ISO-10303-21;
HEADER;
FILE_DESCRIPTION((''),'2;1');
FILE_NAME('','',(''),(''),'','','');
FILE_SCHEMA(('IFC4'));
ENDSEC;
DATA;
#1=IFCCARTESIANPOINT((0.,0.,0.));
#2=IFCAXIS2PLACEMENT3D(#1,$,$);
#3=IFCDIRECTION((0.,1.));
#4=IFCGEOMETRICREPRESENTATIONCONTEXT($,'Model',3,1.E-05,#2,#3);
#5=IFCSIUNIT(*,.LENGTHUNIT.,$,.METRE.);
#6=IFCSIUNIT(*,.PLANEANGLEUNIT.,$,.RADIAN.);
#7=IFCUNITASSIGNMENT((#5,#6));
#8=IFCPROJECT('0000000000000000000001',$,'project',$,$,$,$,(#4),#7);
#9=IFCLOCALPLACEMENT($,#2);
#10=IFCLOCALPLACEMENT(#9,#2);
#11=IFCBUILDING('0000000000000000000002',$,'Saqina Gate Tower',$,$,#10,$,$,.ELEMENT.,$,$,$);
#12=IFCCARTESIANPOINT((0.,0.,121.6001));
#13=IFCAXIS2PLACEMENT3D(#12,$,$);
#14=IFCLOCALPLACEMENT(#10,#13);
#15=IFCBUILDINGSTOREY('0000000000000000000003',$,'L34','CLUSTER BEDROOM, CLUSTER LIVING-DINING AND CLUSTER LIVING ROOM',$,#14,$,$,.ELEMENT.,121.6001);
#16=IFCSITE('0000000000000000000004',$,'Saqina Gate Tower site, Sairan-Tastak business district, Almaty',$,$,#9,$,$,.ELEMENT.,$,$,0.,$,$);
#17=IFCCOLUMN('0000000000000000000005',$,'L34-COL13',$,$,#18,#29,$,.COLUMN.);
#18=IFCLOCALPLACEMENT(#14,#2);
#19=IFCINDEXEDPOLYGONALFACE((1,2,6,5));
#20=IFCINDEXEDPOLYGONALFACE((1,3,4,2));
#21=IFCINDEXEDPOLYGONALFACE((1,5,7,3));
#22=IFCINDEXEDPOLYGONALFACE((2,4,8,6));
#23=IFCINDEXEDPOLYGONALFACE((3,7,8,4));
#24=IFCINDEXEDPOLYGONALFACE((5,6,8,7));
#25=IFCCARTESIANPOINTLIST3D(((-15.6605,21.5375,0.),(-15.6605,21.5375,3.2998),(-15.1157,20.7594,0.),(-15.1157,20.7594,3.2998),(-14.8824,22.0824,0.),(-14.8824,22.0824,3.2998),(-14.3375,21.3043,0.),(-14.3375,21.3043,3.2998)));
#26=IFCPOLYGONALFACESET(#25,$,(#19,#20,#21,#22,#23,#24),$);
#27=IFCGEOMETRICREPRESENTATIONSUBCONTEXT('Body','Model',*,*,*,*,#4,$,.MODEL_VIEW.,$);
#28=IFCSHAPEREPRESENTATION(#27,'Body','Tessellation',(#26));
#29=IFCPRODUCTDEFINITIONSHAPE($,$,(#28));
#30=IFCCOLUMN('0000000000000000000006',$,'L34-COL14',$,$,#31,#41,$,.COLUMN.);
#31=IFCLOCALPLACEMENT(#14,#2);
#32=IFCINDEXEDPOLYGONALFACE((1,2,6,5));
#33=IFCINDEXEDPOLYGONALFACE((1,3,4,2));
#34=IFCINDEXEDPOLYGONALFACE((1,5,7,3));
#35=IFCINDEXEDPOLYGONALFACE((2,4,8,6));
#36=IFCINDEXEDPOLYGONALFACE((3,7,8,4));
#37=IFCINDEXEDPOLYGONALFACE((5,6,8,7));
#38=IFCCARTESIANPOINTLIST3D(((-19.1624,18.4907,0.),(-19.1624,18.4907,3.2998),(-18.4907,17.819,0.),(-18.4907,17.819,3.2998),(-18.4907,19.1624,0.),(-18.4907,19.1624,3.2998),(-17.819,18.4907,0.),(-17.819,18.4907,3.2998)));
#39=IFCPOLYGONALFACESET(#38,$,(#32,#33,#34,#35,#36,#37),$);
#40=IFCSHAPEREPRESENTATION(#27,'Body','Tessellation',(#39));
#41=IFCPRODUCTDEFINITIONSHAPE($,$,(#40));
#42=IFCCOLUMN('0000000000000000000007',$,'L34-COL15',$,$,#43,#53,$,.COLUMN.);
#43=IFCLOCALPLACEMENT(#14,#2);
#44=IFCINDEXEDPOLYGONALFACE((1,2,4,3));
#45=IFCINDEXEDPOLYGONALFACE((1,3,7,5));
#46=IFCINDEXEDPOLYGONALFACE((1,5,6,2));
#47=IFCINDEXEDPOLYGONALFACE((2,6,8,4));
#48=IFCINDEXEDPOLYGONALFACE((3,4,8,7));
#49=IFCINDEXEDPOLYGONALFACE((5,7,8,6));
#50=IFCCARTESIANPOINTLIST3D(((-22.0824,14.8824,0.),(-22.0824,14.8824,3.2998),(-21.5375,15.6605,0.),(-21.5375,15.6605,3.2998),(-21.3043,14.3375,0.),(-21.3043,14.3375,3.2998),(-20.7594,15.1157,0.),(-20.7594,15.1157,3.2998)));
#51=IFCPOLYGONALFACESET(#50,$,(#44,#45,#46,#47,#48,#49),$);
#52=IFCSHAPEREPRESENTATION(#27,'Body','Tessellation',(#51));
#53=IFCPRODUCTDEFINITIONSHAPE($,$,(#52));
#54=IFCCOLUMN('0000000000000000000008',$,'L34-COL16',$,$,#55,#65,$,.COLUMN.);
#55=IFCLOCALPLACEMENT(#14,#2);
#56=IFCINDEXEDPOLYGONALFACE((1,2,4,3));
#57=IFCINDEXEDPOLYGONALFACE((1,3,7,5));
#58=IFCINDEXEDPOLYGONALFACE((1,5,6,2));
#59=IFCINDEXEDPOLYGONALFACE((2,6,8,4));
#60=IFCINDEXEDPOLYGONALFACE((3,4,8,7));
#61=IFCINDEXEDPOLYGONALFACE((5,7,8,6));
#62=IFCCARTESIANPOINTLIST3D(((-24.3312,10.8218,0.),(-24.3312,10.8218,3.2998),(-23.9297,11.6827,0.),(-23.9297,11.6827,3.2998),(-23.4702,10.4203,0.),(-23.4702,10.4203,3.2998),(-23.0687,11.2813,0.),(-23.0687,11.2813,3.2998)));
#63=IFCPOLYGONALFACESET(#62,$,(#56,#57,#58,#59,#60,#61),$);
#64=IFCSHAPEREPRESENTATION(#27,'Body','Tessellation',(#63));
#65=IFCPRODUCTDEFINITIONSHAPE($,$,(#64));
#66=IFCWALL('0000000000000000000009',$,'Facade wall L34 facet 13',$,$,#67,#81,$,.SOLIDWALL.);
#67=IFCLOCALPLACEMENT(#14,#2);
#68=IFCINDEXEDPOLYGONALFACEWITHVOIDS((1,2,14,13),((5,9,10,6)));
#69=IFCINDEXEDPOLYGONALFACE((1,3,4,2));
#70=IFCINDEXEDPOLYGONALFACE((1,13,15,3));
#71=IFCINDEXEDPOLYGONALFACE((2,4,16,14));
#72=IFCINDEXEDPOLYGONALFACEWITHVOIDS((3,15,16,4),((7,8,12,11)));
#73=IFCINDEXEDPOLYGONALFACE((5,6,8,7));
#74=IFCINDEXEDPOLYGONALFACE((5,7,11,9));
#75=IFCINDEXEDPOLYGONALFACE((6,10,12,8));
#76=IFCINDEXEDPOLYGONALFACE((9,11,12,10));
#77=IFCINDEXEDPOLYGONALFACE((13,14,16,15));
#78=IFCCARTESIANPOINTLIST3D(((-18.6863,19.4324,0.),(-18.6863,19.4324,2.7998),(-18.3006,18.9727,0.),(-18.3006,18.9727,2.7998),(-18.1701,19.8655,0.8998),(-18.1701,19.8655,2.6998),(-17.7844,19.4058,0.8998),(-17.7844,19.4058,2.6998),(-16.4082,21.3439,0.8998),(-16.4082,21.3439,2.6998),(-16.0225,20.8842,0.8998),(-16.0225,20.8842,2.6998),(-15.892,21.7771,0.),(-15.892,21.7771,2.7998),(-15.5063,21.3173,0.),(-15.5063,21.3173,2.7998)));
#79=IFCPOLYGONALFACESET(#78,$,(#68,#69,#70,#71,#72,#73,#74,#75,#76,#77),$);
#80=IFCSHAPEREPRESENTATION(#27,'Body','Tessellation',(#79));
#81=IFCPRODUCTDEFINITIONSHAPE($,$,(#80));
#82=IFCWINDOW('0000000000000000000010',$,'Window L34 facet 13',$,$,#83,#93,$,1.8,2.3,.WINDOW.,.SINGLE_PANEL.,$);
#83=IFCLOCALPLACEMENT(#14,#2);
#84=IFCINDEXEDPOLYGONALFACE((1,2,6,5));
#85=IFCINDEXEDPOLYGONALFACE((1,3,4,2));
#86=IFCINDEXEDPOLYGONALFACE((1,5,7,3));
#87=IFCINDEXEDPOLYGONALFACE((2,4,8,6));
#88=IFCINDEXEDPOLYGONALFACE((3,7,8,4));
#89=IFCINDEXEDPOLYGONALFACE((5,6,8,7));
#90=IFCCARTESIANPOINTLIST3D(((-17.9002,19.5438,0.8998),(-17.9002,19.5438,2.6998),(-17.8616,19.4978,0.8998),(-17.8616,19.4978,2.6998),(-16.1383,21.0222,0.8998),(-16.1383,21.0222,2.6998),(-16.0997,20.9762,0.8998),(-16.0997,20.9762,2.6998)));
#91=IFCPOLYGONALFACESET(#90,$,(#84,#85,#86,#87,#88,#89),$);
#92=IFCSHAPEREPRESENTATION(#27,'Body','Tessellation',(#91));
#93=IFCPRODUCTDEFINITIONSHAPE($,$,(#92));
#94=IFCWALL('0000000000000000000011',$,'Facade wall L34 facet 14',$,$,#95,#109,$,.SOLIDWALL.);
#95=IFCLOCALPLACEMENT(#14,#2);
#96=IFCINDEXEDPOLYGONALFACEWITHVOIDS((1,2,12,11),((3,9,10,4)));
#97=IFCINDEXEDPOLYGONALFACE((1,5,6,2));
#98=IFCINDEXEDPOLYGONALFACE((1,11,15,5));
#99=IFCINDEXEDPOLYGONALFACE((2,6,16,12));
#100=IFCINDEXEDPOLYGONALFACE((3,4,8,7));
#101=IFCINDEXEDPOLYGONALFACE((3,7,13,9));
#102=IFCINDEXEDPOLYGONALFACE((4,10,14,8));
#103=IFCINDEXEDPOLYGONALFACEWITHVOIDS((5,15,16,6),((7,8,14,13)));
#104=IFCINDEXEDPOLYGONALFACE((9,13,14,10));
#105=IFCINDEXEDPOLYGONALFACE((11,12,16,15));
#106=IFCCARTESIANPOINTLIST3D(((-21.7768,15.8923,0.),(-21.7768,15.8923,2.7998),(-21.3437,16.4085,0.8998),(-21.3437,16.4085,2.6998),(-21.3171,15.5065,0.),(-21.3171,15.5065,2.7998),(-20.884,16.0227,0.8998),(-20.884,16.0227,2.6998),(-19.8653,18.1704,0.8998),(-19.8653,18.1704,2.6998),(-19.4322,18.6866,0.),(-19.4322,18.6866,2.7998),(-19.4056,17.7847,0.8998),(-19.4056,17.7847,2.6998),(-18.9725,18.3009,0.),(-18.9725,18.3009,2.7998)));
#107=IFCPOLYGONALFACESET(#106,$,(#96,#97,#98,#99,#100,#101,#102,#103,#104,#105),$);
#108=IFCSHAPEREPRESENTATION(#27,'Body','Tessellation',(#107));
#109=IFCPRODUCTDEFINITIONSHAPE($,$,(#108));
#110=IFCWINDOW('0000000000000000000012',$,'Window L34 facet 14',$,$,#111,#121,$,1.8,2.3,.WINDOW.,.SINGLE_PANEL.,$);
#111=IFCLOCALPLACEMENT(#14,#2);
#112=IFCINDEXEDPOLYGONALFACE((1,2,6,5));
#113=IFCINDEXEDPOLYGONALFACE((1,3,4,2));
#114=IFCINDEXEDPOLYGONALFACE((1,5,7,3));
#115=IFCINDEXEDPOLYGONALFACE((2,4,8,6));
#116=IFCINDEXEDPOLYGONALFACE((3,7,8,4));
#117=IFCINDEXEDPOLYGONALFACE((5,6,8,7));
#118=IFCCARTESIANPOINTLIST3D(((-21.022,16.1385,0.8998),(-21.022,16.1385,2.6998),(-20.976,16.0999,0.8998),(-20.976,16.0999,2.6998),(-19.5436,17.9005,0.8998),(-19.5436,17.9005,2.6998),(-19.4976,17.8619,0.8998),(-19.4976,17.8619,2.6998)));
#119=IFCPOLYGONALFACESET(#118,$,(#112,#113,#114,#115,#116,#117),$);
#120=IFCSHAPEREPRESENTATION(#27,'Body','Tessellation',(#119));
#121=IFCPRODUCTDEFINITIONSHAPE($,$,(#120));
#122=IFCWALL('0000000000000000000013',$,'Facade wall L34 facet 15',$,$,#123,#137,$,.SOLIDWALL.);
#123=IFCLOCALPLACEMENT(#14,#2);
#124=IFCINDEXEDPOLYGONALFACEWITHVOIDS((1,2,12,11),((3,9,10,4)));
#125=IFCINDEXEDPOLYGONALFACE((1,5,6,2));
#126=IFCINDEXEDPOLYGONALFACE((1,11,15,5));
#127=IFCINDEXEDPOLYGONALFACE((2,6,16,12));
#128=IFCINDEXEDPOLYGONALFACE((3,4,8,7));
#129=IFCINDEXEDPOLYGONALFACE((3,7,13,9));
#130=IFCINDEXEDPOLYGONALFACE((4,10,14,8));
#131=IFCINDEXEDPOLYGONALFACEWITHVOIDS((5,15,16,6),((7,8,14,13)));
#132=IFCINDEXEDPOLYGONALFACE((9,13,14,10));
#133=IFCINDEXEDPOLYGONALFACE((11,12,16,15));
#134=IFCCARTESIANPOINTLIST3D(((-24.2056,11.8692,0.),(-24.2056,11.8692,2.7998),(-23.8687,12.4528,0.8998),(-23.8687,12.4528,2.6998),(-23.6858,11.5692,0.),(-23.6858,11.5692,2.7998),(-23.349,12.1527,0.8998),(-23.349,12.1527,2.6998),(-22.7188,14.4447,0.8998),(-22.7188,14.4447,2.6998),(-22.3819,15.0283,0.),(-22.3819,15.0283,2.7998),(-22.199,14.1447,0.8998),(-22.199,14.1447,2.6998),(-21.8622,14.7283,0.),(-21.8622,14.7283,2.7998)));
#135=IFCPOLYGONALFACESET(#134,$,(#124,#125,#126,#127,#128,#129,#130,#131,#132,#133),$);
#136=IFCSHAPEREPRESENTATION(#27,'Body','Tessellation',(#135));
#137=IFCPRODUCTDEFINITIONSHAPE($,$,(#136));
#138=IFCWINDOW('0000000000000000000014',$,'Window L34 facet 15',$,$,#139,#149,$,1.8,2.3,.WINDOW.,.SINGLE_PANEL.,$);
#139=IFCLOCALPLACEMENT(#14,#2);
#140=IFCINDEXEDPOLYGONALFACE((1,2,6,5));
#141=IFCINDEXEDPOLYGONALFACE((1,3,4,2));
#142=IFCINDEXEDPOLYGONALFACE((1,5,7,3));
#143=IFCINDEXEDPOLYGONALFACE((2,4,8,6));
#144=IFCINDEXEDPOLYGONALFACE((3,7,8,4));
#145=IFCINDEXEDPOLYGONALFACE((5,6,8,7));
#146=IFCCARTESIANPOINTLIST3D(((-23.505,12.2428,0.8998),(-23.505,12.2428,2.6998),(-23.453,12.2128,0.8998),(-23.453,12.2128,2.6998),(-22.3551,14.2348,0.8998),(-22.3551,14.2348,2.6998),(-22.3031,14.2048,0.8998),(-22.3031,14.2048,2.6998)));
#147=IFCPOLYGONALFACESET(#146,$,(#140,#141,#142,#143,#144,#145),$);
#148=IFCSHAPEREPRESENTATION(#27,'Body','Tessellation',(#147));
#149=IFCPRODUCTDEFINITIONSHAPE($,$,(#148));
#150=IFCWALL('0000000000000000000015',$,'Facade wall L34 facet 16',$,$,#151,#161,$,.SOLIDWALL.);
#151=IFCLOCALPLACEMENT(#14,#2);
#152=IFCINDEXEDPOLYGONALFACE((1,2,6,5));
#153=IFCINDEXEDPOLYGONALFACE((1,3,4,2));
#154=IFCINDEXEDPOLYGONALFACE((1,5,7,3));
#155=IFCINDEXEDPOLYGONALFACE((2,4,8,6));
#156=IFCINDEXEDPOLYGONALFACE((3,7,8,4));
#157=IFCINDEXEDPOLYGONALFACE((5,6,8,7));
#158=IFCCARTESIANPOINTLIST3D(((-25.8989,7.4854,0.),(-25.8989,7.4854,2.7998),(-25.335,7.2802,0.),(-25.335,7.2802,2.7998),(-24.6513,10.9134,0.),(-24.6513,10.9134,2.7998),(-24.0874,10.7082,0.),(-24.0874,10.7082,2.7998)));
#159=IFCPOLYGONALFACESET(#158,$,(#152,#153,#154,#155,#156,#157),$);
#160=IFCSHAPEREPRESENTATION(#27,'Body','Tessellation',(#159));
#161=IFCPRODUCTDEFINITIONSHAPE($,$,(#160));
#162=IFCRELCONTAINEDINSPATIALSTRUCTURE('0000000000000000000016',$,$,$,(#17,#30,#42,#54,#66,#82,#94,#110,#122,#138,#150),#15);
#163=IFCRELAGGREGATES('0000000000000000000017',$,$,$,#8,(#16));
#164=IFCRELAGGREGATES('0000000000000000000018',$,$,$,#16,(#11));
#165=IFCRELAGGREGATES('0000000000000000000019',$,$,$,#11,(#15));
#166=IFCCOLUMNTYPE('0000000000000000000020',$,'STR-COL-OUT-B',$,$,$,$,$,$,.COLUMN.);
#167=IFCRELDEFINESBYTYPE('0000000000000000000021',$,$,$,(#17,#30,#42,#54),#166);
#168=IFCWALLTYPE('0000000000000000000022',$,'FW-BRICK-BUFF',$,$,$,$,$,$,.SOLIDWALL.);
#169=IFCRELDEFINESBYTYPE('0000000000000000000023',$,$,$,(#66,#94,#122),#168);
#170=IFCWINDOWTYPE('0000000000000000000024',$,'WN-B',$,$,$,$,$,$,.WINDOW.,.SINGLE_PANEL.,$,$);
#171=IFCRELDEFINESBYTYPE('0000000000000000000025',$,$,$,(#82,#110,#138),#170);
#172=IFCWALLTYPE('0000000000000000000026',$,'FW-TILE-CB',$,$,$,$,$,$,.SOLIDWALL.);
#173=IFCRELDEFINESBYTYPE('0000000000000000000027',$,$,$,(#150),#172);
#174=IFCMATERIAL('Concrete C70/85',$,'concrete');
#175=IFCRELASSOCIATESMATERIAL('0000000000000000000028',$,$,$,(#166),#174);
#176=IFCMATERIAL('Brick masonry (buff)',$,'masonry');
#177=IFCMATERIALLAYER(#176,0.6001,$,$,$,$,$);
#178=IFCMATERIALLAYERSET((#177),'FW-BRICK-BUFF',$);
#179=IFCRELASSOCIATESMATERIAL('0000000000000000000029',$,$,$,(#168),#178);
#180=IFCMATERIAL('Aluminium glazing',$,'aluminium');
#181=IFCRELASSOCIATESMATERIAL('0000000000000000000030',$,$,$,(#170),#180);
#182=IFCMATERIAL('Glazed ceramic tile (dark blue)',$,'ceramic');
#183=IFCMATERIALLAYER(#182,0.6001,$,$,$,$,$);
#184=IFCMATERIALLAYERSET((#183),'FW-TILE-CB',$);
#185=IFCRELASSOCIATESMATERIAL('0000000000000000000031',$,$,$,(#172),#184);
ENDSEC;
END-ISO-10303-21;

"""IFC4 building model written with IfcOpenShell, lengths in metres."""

from ifc_helpers import new_model, si_unit, direction, frame, frame_2d, origin, origin_2d, place, context, subcontext, project, spatial, rectangle, extrude, material, layer, layer_set, material_profile, profile_set, type_object, element, fill, save


model = new_model("IFC4")

# Units and contexts
model_context = context("Model", 3, precision=1e-05, world=origin(), true_north=direction((0.0, 1.0)))
body_context = subcontext(model_context, "Body", "Model", "MODEL_VIEW")
ifc_project = project(units=[si_unit("LENGTHUNIT", "METRE"), si_unit("PLANEANGLEUNIT", "RADIAN")], contexts=[model_context])

# Site, building, storey
site_placement = place(None, origin())
site = spatial("IfcSite", under=ifc_project, at=site_placement, Name="Saqina Gate Tower site, Sairan-Tastak business district, Almaty", CompositionType="ELEMENT", RefElevation=0.0)
building_placement = place(site_placement, origin())
building = spatial("IfcBuilding", under=site, at=building_placement, Name="Saqina Gate Tower", CompositionType="ELEMENT")
storey_placement = place(building_placement, frame((0.0, 0.0, 121.6001)))
storey = spatial("IfcBuildingStorey", under=building, at=storey_placement, Name="L34", Description="CLUSTER BEDROOM, CLUSTER LIVING-DINING AND CLUSTER LIVING ROOM", CompositionType="ELEMENT", Elevation=121.6001)

# Columns
ifc_material_1 = material(Name="Concrete C70/85", Category="concrete")
ifc_material_profile = material_profile(ifc_material_1, rectangle(XDim=0.95, YDim=0.95, at=origin_2d()), Name="RC 950x950")
ifc_profile_set = profile_set([ifc_material_profile], Name="Concrete C70/85")
column_type = type_object("IfcColumnType", Name="STR-COL-OUT-B", PredefinedType="COLUMN", material=ifc_profile_set)
for number, where, z_axis, x_axis, name in (
    (1, (-14.999, 21.4209, 0.0), (0.0, 0.0, 1.0), (-0.573576, 0.819152, 0.0), "L34-COL13"),
    (2, (-18.4907, 18.4907, 0.0), (0.0, 0.0, 1.0), (-0.707107, 0.707107, 0.0), "L34-COL14"),
    (3, (-21.4209, 14.999, 0.0), (0.0, 0.0, 1.0), (-0.819152, 0.573576, 0.0), "L34-COL15"),
    (4, (-23.7, 11.0515, 0.0), (0.0, 0.0, 1.0), (-0.906308, 0.422618, 0.0), "L34-COL16"),
):
    element("IfcColumn", number, at=place(storey_placement, frame(where, z_axis=z_axis, x_axis=x_axis)), inside=storey, type_object=column_type, Name=name, PredefinedType="COLUMN", context=body_context, shape_type="SweptSolid", body=[
        extrude(rectangle(XDim=0.95, YDim=0.95, at=origin_2d()), origin(), (0.0, 0.0, 1.0), 3.2998),
    ])

# Walls, openings, windows
ifc_material_2 = material(Name="Brick masonry (buff)", Category="masonry")
ifc_layer_1 = layer(ifc_material_2, 0.6001)
ifc_layer_set_1 = layer_set([ifc_layer_1], Name="FW-BRICK-BUFF")
wall_type_1 = type_object("IfcWallType", Name="FW-BRICK-BUFF", PredefinedType="SOLIDWALL", material=ifc_layer_set_1)
wall_1_placement = place(storey_placement, frame((-15.6992, 21.5471, 0.0), z_axis=(0.0, 0.0, 1.0), x_axis=(-0.766055, -0.642774, 0.0)))
wall_1 = element("IfcWall", 5, at=wall_1_placement, inside=storey, type_object=wall_type_1, Name="Facade wall L34 facet 13", PredefinedType="SOLIDWALL", context=body_context, shape_type="SweptSolid", body=[
    extrude(rectangle(XDim=3.6477, YDim=0.6001, at=frame_2d((1.8237, 0.0))), origin(), (0.0, 0.0, 1.0), 2.7998),
])
opening_1_placement = place(wall_1_placement, frame((0.6738, 0.0, 0.8999)))
opening_1 = element("IfcOpeningElement", 6, at=opening_1_placement, cuts=wall_1, PredefinedType="OPENING", context=body_context, shape_type="SweptSolid", body=[
    extrude(rectangle(XDim=2.3, YDim=1.8, at=frame_2d((1.1499, 0.8999))), frame((0.0, 0.312, 0.0), z_axis=(0.0, -1.0, 0.0), x_axis=(1.0, 0.0, 0.0)), (0.0, 0.0, 1.0), 0.624),
])
ifc_material_3 = material(Name="Aluminium glazing", Category="aluminium")
window_type = type_object("IfcWindowType", Name="WN-B", PartitioningType="SINGLE_PANEL", PredefinedType="WINDOW", material=ifc_material_3)
window_1_placement = place(opening_1_placement, origin())
window_1 = element("IfcWindow", 7, at=window_1_placement, inside=storey, type_object=window_type, Name="Window L34 facet 13", OverallHeight=1.8, OverallWidth=2.3, PartitioningType="SINGLE_PANEL", PredefinedType="WINDOW", context=body_context, shape_type="SweptSolid", body=[
    extrude(rectangle(XDim=2.3, YDim=1.8, at=frame_2d((1.1499, 0.8999))), frame((0.0, 0.1799, 0.0), z_axis=(0.0, -1.0, 0.0), x_axis=(1.0, 0.0, 0.0)), (0.0, 0.0, 1.0), 0.0601),
])
fill(opening_1, window_1)
wall_2_placement = place(storey_placement, frame((-19.2024, 18.4937, 0.0), z_axis=(0.0, 0.0, 1.0), x_axis=(-0.642774, -0.766055, 0.0)))
wall_2 = element("IfcWall", 8, at=wall_2_placement, inside=storey, type_object=wall_type_1, Name="Facade wall L34 facet 14", PredefinedType="SOLIDWALL", context=body_context, shape_type="SweptSolid", body=[
    extrude(rectangle(XDim=3.6477, YDim=0.6001, at=frame_2d((1.8237, 0.0))), origin(), (0.0, 0.0, 1.0), 2.7998),
])
opening_2_placement = place(wall_2_placement, frame((0.6738, 0.0, 0.8999)))
opening_2 = element("IfcOpeningElement", 9, at=opening_2_placement, cuts=wall_2, PredefinedType="OPENING", context=body_context, shape_type="SweptSolid", body=[
    extrude(rectangle(XDim=2.3, YDim=1.8, at=frame_2d((1.1499, 0.8999))), frame((0.0, 0.312, 0.0), z_axis=(0.0, -1.0, 0.0), x_axis=(1.0, 0.0, 0.0)), (0.0, 0.0, 1.0), 0.624),
])
window_2_placement = place(opening_2_placement, origin())
window_2 = element("IfcWindow", 10, at=window_2_placement, inside=storey, type_object=window_type, Name="Window L34 facet 14", OverallHeight=1.8, OverallWidth=2.3, PartitioningType="SINGLE_PANEL", PredefinedType="WINDOW", context=body_context, shape_type="SweptSolid", body=[
    extrude(rectangle(XDim=2.3, YDim=1.8, at=frame_2d((1.1499, 0.8999))), frame((0.0, 0.1799, 0.0), z_axis=(0.0, -1.0, 0.0), x_axis=(1.0, 0.0, 0.0)), (0.0, 0.0, 1.0), 0.0601),
])
fill(opening_2, window_2)
wall_3_placement = place(storey_placement, frame((-22.1221, 14.8782, 0.0), z_axis=(0.0, 0.0, 1.0), x_axis=(-0.499954, -0.866052, 0.0)))
wall_3 = element("IfcWall", 11, at=wall_3_placement, inside=storey, type_object=wall_type_1, Name="Facade wall L34 facet 15", PredefinedType="SOLIDWALL", context=body_context, shape_type="SweptSolid", body=[
    extrude(rectangle(XDim=3.6477, YDim=0.6001, at=frame_2d((1.8237, 0.0))), origin(), (0.0, 0.0, 1.0), 2.7998),
])
opening_3_placement = place(wall_3_placement, frame((0.6738, 0.0, 0.8999)))
opening_3 = element("IfcOpeningElement", 12, at=opening_3_placement, cuts=wall_3, PredefinedType="OPENING", context=body_context, shape_type="SweptSolid", body=[
    extrude(rectangle(XDim=2.3, YDim=1.8, at=frame_2d((1.1499, 0.8999))), frame((0.0, 0.312, 0.0), z_axis=(0.0, -1.0, 0.0), x_axis=(1.0, 0.0, 0.0)), (0.0, 0.0, 1.0), 0.624),
])
window_3_placement = place(opening_3_placement, origin())
window_3 = element("IfcWindow", 13, at=window_3_placement, inside=storey, type_object=window_type, Name="Window L34 facet 15", OverallHeight=1.8, OverallWidth=2.3, PartitioningType="SINGLE_PANEL", PredefinedType="WINDOW", context=body_context, shape_type="SweptSolid", body=[
    extrude(rectangle(XDim=2.3, YDim=1.8, at=frame_2d((1.1499, 0.8999))), frame((0.0, 0.1799, 0.0), z_axis=(0.0, -1.0, 0.0), x_axis=(1.0, 0.0, 0.0)), (0.0, 0.0, 1.0), 0.0601),
])
fill(opening_3, window_3)

# Wall
ifc_material_4 = material(Name="Glazed ceramic tile (dark blue)", Category="ceramic")
ifc_layer_2 = layer(ifc_material_4, 0.6001)
ifc_layer_set_2 = layer_set([ifc_layer_2], Name="FW-TILE-CB")
wall_type_2 = type_object("IfcWallType", Name="FW-TILE-CB", PredefinedType="SOLIDWALL", material=ifc_layer_set_2)
wall_4_placement = place(storey_placement, frame((-24.3694, 10.8108, 0.0), z_axis=(0.0, 0.0, 1.0), x_axis=(-0.34199, -0.939704, 0.0)))
element("IfcWall", 14, at=wall_4_placement, inside=storey, type_object=wall_type_2, Name="Facade wall L34 facet 16", PredefinedType="SOLIDWALL", context=body_context, shape_type="SweptSolid", body=[
    extrude(rectangle(XDim=3.6479, YDim=0.6001, at=frame_2d((1.824, 0.0))), origin(), (0.0, 0.0, 1.0), 2.7998),
])

save(model, "model.ifc")
